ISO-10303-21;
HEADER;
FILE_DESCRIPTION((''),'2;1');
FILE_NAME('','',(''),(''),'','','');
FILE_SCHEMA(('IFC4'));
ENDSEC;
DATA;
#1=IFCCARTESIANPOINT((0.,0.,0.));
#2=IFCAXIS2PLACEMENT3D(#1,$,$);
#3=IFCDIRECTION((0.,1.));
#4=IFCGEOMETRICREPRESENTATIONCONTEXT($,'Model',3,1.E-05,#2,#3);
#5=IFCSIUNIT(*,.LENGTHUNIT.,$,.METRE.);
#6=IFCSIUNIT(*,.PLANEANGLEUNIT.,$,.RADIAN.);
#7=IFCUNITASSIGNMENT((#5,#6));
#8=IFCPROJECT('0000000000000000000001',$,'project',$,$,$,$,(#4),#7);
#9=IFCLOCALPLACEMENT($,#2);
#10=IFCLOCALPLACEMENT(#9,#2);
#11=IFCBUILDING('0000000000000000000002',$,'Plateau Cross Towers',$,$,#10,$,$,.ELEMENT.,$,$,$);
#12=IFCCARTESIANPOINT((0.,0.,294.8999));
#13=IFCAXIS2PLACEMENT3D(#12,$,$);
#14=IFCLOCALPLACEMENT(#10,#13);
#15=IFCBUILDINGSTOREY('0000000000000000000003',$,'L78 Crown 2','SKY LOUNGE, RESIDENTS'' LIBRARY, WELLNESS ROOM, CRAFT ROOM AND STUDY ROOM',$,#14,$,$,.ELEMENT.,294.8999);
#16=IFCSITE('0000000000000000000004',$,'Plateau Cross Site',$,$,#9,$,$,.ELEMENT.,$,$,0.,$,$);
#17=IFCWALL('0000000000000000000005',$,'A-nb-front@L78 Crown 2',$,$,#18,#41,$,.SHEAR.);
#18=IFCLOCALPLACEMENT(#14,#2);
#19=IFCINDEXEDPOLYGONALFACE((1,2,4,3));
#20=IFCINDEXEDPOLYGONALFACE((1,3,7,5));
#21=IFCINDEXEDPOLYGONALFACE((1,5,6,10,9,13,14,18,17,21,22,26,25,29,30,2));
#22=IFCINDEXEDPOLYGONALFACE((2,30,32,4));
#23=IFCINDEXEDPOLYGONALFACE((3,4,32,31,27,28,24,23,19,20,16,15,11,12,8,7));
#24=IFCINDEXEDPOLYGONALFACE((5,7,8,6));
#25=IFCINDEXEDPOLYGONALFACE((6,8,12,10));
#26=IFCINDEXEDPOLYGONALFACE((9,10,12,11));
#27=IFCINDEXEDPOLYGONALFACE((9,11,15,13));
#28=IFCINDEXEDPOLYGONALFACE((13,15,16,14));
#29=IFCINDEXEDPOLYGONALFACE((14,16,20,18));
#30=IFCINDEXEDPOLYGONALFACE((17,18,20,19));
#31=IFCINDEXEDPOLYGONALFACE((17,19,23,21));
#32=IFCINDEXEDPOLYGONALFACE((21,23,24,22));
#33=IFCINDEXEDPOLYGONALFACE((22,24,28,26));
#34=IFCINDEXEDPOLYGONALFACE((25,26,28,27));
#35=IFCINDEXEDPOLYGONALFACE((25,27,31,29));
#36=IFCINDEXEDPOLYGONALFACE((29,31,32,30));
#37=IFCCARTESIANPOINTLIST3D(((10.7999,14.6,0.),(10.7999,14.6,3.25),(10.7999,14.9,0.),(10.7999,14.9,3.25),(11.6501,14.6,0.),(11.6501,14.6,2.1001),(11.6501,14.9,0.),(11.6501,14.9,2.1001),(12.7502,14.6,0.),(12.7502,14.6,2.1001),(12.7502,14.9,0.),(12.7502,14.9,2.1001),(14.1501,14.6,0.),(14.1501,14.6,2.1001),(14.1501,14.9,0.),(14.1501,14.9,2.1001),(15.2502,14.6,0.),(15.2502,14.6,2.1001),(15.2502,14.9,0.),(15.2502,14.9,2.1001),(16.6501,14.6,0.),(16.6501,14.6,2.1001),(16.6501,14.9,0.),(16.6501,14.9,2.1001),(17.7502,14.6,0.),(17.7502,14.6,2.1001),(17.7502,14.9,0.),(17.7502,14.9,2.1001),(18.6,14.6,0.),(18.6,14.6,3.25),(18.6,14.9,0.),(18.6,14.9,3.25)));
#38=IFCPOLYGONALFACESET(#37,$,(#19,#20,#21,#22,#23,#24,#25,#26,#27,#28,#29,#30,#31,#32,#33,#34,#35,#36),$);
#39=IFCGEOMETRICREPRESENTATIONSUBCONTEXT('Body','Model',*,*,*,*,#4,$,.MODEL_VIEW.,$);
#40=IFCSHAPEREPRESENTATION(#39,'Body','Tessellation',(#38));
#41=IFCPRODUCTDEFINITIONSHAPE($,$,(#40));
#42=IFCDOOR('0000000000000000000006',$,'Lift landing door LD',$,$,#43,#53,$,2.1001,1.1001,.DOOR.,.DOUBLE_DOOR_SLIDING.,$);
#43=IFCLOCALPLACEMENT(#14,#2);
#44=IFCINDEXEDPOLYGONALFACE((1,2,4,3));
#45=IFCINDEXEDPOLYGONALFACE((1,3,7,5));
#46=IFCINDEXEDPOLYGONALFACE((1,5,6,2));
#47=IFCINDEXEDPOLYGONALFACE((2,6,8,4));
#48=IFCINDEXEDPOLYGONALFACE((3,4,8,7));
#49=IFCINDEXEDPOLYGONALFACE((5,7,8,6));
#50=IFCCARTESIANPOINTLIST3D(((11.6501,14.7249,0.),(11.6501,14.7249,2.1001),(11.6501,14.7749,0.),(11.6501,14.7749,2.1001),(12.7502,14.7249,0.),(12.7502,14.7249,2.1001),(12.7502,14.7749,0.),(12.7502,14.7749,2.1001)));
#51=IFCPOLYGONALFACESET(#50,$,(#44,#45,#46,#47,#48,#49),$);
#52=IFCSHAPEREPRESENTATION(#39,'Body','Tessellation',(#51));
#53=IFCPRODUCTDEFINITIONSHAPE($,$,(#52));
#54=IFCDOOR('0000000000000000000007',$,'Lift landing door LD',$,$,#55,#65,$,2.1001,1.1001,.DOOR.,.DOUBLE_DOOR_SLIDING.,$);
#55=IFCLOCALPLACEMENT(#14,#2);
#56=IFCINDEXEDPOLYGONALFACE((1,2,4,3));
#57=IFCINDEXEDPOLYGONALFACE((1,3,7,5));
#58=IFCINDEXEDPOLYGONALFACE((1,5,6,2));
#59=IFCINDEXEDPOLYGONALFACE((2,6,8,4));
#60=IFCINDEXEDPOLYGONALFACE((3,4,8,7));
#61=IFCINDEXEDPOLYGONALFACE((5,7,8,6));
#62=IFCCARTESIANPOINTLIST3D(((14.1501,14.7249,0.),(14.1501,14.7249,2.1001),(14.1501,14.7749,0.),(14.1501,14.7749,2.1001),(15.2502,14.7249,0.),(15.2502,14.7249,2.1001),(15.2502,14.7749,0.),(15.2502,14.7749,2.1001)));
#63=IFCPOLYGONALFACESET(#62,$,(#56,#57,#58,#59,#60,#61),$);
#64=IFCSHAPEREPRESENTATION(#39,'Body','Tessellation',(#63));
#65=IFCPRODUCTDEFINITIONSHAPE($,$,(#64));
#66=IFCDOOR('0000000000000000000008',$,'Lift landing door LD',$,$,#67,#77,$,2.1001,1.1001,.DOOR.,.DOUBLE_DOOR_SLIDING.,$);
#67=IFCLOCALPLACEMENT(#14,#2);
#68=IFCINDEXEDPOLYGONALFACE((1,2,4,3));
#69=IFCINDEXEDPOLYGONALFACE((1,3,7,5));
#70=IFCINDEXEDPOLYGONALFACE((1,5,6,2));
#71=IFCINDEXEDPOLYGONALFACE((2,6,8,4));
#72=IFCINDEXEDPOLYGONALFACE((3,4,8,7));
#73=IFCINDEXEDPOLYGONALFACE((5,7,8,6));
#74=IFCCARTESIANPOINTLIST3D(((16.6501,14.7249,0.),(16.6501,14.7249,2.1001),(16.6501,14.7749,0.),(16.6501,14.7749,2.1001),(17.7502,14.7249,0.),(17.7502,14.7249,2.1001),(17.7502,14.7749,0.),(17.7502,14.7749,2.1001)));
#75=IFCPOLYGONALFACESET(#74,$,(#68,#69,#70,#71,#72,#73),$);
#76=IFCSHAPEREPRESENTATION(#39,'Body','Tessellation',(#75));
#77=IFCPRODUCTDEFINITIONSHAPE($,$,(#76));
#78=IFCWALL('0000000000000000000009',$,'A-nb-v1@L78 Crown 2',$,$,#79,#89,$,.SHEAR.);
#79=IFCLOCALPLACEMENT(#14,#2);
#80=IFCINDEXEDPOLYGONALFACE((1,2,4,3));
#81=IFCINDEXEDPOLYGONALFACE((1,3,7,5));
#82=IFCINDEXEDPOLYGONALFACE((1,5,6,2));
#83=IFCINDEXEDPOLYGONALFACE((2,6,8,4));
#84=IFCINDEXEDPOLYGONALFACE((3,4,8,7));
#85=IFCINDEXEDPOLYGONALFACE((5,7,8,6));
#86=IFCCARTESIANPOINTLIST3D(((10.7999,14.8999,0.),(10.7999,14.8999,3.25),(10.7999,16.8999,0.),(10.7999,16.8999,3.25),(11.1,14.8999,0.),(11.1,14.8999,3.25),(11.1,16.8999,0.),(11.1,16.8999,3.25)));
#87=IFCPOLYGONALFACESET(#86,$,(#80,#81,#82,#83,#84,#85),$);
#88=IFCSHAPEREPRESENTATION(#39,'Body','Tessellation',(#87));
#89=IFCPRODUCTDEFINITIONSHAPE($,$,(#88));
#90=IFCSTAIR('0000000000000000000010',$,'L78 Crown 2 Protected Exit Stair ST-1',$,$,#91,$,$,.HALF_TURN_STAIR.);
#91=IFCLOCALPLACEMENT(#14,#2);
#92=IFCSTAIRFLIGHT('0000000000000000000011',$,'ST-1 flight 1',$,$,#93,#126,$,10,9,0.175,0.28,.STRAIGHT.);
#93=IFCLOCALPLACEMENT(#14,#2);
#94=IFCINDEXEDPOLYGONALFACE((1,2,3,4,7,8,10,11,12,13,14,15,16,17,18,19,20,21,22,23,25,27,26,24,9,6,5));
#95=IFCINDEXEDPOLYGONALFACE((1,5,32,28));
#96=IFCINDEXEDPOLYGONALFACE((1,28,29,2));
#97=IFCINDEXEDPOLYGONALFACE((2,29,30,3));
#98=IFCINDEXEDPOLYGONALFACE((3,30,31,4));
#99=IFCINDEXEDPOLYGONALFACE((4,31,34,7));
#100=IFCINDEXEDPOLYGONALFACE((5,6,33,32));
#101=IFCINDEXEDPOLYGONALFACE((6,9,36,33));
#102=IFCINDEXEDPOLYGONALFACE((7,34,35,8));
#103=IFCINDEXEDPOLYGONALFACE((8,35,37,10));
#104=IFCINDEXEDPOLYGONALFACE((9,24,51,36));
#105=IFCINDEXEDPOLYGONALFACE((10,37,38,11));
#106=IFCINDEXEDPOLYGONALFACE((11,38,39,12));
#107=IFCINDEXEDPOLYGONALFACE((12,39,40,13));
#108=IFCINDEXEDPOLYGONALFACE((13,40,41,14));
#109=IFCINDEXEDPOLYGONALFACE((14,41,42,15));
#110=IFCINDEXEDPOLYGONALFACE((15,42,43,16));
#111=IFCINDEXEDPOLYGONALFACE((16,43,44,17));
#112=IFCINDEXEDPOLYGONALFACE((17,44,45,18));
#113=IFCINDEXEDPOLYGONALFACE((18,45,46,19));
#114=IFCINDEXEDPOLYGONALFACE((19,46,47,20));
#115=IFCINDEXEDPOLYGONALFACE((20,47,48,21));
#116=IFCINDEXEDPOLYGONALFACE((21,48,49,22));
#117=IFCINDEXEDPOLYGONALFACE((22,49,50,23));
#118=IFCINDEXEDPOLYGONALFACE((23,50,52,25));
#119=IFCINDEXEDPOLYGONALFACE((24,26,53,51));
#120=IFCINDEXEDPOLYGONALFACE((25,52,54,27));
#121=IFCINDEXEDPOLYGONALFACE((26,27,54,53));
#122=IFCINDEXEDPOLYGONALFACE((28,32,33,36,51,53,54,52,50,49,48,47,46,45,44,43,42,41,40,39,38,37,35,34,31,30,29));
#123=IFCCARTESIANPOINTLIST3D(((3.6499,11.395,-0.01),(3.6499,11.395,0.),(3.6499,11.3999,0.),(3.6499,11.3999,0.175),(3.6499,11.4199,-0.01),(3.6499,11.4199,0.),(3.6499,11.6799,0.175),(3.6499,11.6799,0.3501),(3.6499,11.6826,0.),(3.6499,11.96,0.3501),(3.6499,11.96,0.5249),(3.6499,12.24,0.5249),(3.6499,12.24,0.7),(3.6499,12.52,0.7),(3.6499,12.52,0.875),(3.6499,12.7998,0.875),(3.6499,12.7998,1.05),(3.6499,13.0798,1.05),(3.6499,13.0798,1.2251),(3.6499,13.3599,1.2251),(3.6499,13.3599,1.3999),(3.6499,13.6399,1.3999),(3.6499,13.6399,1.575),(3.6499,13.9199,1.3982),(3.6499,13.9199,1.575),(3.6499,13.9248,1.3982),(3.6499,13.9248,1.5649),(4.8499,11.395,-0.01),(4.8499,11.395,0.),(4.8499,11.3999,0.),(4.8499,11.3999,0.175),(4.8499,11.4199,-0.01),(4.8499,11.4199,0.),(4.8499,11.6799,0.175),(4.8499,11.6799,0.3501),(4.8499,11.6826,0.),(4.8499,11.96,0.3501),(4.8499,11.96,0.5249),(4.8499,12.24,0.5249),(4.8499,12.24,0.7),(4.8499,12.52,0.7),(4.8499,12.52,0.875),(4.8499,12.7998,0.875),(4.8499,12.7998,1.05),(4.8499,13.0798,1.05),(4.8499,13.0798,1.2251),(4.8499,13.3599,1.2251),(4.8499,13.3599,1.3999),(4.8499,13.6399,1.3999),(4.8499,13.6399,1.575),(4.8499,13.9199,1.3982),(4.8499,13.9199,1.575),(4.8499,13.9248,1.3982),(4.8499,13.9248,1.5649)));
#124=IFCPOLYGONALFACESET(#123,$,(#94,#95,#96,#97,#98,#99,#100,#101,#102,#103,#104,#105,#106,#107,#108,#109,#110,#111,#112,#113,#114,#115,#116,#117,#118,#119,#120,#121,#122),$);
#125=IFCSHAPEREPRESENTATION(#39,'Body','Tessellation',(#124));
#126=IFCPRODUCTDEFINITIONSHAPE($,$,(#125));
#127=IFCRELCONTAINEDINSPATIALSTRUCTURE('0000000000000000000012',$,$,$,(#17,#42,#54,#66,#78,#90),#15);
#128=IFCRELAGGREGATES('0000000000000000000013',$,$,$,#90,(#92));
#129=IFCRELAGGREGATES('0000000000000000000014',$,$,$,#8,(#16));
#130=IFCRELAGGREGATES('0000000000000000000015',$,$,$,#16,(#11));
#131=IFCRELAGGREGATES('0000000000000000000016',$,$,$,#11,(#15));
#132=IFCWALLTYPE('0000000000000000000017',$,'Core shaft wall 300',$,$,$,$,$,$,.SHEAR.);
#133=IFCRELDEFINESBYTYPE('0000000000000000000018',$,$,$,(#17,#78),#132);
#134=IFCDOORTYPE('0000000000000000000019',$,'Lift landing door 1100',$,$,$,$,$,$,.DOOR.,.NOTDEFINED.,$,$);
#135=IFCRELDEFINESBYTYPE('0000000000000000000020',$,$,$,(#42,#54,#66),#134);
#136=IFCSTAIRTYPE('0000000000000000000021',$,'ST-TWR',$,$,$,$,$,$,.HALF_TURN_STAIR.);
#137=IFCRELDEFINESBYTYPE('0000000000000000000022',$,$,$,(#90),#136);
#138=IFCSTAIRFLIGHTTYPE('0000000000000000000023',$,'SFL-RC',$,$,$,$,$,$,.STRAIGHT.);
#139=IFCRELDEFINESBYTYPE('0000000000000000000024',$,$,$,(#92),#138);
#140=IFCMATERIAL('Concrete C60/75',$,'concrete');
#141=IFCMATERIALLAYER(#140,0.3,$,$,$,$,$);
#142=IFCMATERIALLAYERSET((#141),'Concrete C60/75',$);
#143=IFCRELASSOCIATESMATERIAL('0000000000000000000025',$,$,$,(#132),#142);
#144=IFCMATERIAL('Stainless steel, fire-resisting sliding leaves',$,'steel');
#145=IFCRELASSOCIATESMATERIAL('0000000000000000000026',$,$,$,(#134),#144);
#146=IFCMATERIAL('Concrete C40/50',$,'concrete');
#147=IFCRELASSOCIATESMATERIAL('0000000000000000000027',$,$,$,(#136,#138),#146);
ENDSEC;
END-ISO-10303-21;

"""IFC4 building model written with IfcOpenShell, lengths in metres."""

from ifc_helpers import new_model, si_unit, direction, frame, frame_2d, origin, place, context, subcontext, project, spatial, polyline, rectangle, outline, extrude, material, layer, layer_set, type_object, element, fill, aggregate, save


model = new_model("IFC4")

# Units and contexts
model_context = context("Model", 3, precision=1e-05, world=origin(), true_north=direction((0.0, 1.0)))
body_context = subcontext(model_context, "Body", "Model", "MODEL_VIEW")
ifc_project = project(units=[si_unit("LENGTHUNIT", "METRE"), si_unit("PLANEANGLEUNIT", "RADIAN")], contexts=[model_context])

# Site, building, storey
site_placement = place(None, origin())
site = spatial("IfcSite", under=ifc_project, at=site_placement, Name="Plateau Cross Site", CompositionType="ELEMENT", RefElevation=0.0)
building_placement = place(site_placement, origin())
building = spatial("IfcBuilding", under=site, at=building_placement, Name="Plateau Cross Towers", CompositionType="ELEMENT")
storey_placement = place(building_placement, frame((0.0, 0.0, 294.8999)))
storey = spatial("IfcBuildingStorey", under=building, at=storey_placement, Name="L78 Crown 2", Description="SKY LOUNGE, RESIDENTS' LIBRARY, WELLNESS ROOM, CRAFT ROOM AND STUDY ROOM", CompositionType="ELEMENT", Elevation=294.8999)

# Shared definitions
ifc_material_1 = material(Name="Concrete C60/75", Category="concrete")
ifc_layer_1 = layer(ifc_material_1, 0.3)
ifc_layer_set_1 = layer_set([ifc_layer_1], Name="Concrete C60/75")
wall_type_1 = type_object("IfcWallType", Name="Core shaft wall 300", PredefinedType="SHEAR", material=ifc_layer_set_1)

# Wall, openings, doors
wall_1_placement = place(storey_placement, frame((10.8, 14.75, 0.0), z_axis=(0.0, 0.0, 1.0), x_axis=(1.0, 0.0, 0.0)))
wall_1 = element("IfcWall", 1, at=wall_1_placement, inside=storey, type_object=wall_type_1, Name="A-nb-front@L78 Crown 2", PredefinedType="SHEAR", context=body_context, shape_type="SweptSolid", body=[
    extrude(rectangle(XDim=7.8, YDim=0.3, at=frame_2d((3.8999, 0.0))), origin(), (0.0, 0.0, 1.0), 3.25),
])
opening_1_placement = place(wall_1_placement, frame((0.8501, 0.0, 0.0)))
opening_1 = element("IfcOpeningElement", 2, at=opening_1_placement, cuts=wall_1, PredefinedType="OPENING", context=body_context, shape_type="SweptSolid", body=[
    extrude(rectangle(XDim=1.1001, YDim=2.1001, at=frame_2d((0.55, 1.05))), frame((0.0, 0.1599, 0.0), z_axis=(0.0, -1.0, 0.0), x_axis=(1.0, 0.0, 0.0)), (0.0, 0.0, 1.0), 0.3201),
])
opening_2_placement = place(wall_1_placement, frame((3.3501, 0.0, 0.0)))
opening_2 = element("IfcOpeningElement", 3, at=opening_2_placement, cuts=wall_1, PredefinedType="OPENING", context=body_context, shape_type="SweptSolid", body=[
    extrude(rectangle(XDim=1.1001, YDim=2.1001, at=frame_2d((0.55, 1.05))), frame((0.0, 0.1599, 0.0), z_axis=(0.0, -1.0, 0.0), x_axis=(1.0, 0.0, 0.0)), (0.0, 0.0, 1.0), 0.3201),
])
opening_3_placement = place(wall_1_placement, frame((5.8501, 0.0, 0.0)))
opening_3 = element("IfcOpeningElement", 4, at=opening_3_placement, cuts=wall_1, PredefinedType="OPENING", context=body_context, shape_type="SweptSolid", body=[
    extrude(rectangle(XDim=1.1001, YDim=2.1001, at=frame_2d((0.55, 1.05))), frame((0.0, 0.1599, 0.0), z_axis=(0.0, -1.0, 0.0), x_axis=(1.0, 0.0, 0.0)), (0.0, 0.0, 1.0), 0.3201),
])
ifc_material_2 = material(Name="Stainless steel, fire-resisting sliding leaves", Category="steel")
door_type_1 = type_object("IfcDoorType", Name="Lift landing door 1100", OperationType="NOTDEFINED", PredefinedType="DOOR", material=ifc_material_2)
door_1_placement = place(opening_1_placement, origin())
door_1 = element("IfcDoor", 5, at=door_1_placement, inside=storey, type_object=door_type_1, Name="Lift landing door LD", OperationType="DOUBLE_DOOR_SLIDING", OverallHeight=2.1001, OverallWidth=1.1001, PredefinedType="DOOR", context=body_context, shape_type="SweptSolid", body=[
    extrude(rectangle(XDim=1.1001, YDim=2.1001, at=frame_2d((0.55, 1.05))), frame((0.0, 0.0249, 0.0), z_axis=(0.0, -1.0, 0.0), x_axis=(1.0, 0.0, 0.0)), (0.0, 0.0, 1.0), 0.05),
])
fill(opening_1, door_1)
door_2_placement = place(opening_2_placement, origin())
door_2 = element("IfcDoor", 6, at=door_2_placement, inside=storey, type_object=door_type_1, Name="Lift landing door LD", OperationType="DOUBLE_DOOR_SLIDING", OverallHeight=2.1001, OverallWidth=1.1001, PredefinedType="DOOR", context=body_context, shape_type="SweptSolid", body=[
    extrude(rectangle(XDim=1.1001, YDim=2.1001, at=frame_2d((0.55, 1.05))), frame((0.0, 0.0249, 0.0), z_axis=(0.0, -1.0, 0.0), x_axis=(1.0, 0.0, 0.0)), (0.0, 0.0, 1.0), 0.05),
])
fill(opening_2, door_2)
door_3_placement = place(opening_3_placement, origin())
door_3 = element("IfcDoor", 7, at=door_3_placement, inside=storey, type_object=door_type_1, Name="Lift landing door LD", OperationType="DOUBLE_DOOR_SLIDING", OverallHeight=2.1001, OverallWidth=1.1001, PredefinedType="DOOR", context=body_context, shape_type="SweptSolid", body=[
    extrude(rectangle(XDim=1.1001, YDim=2.1001, at=frame_2d((0.55, 1.05))), frame((0.0, 0.0249, 0.0), z_axis=(0.0, -1.0, 0.0), x_axis=(1.0, 0.0, 0.0)), (0.0, 0.0, 1.0), 0.05),
])
fill(opening_3, door_3)

# Wall
wall_2_placement = place(storey_placement, frame((10.95, 14.8999, 0.0), z_axis=(0.0, 0.0, 1.0), x_axis=(0.0, 1.0, 0.0)))
element("IfcWall", 8, at=wall_2_placement, inside=storey, type_object=wall_type_1, Name="A-nb-v1@L78 Crown 2", PredefinedType="SHEAR", context=body_context, shape_type="SweptSolid", body=[
    extrude(rectangle(XDim=2.0, YDim=0.3, at=frame_2d((1.0, 0.0))), origin(), (0.0, 0.0, 1.0), 3.25),
])

# Stair, stair flight
ifc_material_3 = material(Name="Concrete C40/50", Category="concrete")
stair_type = type_object("IfcStairType", Name="ST-TWR", PredefinedType="HALF_TURN_STAIR", material=ifc_material_3)
stair_placement = place(storey_placement, origin())
stair = element("IfcStair", 9, at=stair_placement, inside=storey, type_object=stair_type, Name="L78 Crown 2 Protected Exit Stair ST-1", PredefinedType="HALF_TURN_STAIR")
stair_flight_type = type_object("IfcStairFlightType", Name="SFL-RC", PredefinedType="STRAIGHT", material=ifc_material_3)
stair_flight_placement = place(storey_placement, frame((4.25, 11.3999, 0.0), z_axis=(0.0, 0.0, 1.0), x_axis=(0.0, 1.0, 0.0)))
stair_flight = element("IfcStairFlight", 10, at=stair_flight_placement, type_object=stair_flight_type, Name="ST-1 flight 1", NumberOfRisers=10, NumberOfTreads=9, PredefinedType="STRAIGHT", RiserHeight=0.175, TreadLength=0.28, context=body_context, shape_type="SweptSolid", body=[
    extrude(outline(polyline([(-0.0049, -0.01), (-0.0049, 0.0), (0.0, 0.0), (0.0, 0.175), (0.28, 0.175), (0.28, 0.3501), (0.5601, 0.3501), (0.5601, 0.5249), (0.8401, 0.5249), (0.8401, 0.7), (1.1201, 0.7), (1.1201, 0.875), (1.3999, 0.875), (1.3999, 1.05), (1.6799, 1.05), (1.6799, 1.2251), (1.96, 1.2251), (1.96, 1.3999), (2.24, 1.3999), (2.24, 1.575), (2.52, 1.575), (2.5249, 1.5649), (2.5249, 1.3982), (2.52, 1.3982), (0.2827, 0.0), (0.02, 0.0), (0.02, -0.01), (-0.0049, -0.01)])), frame((0.0, 0.6001, 0.0), z_axis=(0.0, -1.0, 0.0), x_axis=(1.0, 0.0, 0.0)), (0.0, 0.0, 1.0), 1.2),
])
aggregate(stair, [stair_flight])

save(model, "model.ifc")
